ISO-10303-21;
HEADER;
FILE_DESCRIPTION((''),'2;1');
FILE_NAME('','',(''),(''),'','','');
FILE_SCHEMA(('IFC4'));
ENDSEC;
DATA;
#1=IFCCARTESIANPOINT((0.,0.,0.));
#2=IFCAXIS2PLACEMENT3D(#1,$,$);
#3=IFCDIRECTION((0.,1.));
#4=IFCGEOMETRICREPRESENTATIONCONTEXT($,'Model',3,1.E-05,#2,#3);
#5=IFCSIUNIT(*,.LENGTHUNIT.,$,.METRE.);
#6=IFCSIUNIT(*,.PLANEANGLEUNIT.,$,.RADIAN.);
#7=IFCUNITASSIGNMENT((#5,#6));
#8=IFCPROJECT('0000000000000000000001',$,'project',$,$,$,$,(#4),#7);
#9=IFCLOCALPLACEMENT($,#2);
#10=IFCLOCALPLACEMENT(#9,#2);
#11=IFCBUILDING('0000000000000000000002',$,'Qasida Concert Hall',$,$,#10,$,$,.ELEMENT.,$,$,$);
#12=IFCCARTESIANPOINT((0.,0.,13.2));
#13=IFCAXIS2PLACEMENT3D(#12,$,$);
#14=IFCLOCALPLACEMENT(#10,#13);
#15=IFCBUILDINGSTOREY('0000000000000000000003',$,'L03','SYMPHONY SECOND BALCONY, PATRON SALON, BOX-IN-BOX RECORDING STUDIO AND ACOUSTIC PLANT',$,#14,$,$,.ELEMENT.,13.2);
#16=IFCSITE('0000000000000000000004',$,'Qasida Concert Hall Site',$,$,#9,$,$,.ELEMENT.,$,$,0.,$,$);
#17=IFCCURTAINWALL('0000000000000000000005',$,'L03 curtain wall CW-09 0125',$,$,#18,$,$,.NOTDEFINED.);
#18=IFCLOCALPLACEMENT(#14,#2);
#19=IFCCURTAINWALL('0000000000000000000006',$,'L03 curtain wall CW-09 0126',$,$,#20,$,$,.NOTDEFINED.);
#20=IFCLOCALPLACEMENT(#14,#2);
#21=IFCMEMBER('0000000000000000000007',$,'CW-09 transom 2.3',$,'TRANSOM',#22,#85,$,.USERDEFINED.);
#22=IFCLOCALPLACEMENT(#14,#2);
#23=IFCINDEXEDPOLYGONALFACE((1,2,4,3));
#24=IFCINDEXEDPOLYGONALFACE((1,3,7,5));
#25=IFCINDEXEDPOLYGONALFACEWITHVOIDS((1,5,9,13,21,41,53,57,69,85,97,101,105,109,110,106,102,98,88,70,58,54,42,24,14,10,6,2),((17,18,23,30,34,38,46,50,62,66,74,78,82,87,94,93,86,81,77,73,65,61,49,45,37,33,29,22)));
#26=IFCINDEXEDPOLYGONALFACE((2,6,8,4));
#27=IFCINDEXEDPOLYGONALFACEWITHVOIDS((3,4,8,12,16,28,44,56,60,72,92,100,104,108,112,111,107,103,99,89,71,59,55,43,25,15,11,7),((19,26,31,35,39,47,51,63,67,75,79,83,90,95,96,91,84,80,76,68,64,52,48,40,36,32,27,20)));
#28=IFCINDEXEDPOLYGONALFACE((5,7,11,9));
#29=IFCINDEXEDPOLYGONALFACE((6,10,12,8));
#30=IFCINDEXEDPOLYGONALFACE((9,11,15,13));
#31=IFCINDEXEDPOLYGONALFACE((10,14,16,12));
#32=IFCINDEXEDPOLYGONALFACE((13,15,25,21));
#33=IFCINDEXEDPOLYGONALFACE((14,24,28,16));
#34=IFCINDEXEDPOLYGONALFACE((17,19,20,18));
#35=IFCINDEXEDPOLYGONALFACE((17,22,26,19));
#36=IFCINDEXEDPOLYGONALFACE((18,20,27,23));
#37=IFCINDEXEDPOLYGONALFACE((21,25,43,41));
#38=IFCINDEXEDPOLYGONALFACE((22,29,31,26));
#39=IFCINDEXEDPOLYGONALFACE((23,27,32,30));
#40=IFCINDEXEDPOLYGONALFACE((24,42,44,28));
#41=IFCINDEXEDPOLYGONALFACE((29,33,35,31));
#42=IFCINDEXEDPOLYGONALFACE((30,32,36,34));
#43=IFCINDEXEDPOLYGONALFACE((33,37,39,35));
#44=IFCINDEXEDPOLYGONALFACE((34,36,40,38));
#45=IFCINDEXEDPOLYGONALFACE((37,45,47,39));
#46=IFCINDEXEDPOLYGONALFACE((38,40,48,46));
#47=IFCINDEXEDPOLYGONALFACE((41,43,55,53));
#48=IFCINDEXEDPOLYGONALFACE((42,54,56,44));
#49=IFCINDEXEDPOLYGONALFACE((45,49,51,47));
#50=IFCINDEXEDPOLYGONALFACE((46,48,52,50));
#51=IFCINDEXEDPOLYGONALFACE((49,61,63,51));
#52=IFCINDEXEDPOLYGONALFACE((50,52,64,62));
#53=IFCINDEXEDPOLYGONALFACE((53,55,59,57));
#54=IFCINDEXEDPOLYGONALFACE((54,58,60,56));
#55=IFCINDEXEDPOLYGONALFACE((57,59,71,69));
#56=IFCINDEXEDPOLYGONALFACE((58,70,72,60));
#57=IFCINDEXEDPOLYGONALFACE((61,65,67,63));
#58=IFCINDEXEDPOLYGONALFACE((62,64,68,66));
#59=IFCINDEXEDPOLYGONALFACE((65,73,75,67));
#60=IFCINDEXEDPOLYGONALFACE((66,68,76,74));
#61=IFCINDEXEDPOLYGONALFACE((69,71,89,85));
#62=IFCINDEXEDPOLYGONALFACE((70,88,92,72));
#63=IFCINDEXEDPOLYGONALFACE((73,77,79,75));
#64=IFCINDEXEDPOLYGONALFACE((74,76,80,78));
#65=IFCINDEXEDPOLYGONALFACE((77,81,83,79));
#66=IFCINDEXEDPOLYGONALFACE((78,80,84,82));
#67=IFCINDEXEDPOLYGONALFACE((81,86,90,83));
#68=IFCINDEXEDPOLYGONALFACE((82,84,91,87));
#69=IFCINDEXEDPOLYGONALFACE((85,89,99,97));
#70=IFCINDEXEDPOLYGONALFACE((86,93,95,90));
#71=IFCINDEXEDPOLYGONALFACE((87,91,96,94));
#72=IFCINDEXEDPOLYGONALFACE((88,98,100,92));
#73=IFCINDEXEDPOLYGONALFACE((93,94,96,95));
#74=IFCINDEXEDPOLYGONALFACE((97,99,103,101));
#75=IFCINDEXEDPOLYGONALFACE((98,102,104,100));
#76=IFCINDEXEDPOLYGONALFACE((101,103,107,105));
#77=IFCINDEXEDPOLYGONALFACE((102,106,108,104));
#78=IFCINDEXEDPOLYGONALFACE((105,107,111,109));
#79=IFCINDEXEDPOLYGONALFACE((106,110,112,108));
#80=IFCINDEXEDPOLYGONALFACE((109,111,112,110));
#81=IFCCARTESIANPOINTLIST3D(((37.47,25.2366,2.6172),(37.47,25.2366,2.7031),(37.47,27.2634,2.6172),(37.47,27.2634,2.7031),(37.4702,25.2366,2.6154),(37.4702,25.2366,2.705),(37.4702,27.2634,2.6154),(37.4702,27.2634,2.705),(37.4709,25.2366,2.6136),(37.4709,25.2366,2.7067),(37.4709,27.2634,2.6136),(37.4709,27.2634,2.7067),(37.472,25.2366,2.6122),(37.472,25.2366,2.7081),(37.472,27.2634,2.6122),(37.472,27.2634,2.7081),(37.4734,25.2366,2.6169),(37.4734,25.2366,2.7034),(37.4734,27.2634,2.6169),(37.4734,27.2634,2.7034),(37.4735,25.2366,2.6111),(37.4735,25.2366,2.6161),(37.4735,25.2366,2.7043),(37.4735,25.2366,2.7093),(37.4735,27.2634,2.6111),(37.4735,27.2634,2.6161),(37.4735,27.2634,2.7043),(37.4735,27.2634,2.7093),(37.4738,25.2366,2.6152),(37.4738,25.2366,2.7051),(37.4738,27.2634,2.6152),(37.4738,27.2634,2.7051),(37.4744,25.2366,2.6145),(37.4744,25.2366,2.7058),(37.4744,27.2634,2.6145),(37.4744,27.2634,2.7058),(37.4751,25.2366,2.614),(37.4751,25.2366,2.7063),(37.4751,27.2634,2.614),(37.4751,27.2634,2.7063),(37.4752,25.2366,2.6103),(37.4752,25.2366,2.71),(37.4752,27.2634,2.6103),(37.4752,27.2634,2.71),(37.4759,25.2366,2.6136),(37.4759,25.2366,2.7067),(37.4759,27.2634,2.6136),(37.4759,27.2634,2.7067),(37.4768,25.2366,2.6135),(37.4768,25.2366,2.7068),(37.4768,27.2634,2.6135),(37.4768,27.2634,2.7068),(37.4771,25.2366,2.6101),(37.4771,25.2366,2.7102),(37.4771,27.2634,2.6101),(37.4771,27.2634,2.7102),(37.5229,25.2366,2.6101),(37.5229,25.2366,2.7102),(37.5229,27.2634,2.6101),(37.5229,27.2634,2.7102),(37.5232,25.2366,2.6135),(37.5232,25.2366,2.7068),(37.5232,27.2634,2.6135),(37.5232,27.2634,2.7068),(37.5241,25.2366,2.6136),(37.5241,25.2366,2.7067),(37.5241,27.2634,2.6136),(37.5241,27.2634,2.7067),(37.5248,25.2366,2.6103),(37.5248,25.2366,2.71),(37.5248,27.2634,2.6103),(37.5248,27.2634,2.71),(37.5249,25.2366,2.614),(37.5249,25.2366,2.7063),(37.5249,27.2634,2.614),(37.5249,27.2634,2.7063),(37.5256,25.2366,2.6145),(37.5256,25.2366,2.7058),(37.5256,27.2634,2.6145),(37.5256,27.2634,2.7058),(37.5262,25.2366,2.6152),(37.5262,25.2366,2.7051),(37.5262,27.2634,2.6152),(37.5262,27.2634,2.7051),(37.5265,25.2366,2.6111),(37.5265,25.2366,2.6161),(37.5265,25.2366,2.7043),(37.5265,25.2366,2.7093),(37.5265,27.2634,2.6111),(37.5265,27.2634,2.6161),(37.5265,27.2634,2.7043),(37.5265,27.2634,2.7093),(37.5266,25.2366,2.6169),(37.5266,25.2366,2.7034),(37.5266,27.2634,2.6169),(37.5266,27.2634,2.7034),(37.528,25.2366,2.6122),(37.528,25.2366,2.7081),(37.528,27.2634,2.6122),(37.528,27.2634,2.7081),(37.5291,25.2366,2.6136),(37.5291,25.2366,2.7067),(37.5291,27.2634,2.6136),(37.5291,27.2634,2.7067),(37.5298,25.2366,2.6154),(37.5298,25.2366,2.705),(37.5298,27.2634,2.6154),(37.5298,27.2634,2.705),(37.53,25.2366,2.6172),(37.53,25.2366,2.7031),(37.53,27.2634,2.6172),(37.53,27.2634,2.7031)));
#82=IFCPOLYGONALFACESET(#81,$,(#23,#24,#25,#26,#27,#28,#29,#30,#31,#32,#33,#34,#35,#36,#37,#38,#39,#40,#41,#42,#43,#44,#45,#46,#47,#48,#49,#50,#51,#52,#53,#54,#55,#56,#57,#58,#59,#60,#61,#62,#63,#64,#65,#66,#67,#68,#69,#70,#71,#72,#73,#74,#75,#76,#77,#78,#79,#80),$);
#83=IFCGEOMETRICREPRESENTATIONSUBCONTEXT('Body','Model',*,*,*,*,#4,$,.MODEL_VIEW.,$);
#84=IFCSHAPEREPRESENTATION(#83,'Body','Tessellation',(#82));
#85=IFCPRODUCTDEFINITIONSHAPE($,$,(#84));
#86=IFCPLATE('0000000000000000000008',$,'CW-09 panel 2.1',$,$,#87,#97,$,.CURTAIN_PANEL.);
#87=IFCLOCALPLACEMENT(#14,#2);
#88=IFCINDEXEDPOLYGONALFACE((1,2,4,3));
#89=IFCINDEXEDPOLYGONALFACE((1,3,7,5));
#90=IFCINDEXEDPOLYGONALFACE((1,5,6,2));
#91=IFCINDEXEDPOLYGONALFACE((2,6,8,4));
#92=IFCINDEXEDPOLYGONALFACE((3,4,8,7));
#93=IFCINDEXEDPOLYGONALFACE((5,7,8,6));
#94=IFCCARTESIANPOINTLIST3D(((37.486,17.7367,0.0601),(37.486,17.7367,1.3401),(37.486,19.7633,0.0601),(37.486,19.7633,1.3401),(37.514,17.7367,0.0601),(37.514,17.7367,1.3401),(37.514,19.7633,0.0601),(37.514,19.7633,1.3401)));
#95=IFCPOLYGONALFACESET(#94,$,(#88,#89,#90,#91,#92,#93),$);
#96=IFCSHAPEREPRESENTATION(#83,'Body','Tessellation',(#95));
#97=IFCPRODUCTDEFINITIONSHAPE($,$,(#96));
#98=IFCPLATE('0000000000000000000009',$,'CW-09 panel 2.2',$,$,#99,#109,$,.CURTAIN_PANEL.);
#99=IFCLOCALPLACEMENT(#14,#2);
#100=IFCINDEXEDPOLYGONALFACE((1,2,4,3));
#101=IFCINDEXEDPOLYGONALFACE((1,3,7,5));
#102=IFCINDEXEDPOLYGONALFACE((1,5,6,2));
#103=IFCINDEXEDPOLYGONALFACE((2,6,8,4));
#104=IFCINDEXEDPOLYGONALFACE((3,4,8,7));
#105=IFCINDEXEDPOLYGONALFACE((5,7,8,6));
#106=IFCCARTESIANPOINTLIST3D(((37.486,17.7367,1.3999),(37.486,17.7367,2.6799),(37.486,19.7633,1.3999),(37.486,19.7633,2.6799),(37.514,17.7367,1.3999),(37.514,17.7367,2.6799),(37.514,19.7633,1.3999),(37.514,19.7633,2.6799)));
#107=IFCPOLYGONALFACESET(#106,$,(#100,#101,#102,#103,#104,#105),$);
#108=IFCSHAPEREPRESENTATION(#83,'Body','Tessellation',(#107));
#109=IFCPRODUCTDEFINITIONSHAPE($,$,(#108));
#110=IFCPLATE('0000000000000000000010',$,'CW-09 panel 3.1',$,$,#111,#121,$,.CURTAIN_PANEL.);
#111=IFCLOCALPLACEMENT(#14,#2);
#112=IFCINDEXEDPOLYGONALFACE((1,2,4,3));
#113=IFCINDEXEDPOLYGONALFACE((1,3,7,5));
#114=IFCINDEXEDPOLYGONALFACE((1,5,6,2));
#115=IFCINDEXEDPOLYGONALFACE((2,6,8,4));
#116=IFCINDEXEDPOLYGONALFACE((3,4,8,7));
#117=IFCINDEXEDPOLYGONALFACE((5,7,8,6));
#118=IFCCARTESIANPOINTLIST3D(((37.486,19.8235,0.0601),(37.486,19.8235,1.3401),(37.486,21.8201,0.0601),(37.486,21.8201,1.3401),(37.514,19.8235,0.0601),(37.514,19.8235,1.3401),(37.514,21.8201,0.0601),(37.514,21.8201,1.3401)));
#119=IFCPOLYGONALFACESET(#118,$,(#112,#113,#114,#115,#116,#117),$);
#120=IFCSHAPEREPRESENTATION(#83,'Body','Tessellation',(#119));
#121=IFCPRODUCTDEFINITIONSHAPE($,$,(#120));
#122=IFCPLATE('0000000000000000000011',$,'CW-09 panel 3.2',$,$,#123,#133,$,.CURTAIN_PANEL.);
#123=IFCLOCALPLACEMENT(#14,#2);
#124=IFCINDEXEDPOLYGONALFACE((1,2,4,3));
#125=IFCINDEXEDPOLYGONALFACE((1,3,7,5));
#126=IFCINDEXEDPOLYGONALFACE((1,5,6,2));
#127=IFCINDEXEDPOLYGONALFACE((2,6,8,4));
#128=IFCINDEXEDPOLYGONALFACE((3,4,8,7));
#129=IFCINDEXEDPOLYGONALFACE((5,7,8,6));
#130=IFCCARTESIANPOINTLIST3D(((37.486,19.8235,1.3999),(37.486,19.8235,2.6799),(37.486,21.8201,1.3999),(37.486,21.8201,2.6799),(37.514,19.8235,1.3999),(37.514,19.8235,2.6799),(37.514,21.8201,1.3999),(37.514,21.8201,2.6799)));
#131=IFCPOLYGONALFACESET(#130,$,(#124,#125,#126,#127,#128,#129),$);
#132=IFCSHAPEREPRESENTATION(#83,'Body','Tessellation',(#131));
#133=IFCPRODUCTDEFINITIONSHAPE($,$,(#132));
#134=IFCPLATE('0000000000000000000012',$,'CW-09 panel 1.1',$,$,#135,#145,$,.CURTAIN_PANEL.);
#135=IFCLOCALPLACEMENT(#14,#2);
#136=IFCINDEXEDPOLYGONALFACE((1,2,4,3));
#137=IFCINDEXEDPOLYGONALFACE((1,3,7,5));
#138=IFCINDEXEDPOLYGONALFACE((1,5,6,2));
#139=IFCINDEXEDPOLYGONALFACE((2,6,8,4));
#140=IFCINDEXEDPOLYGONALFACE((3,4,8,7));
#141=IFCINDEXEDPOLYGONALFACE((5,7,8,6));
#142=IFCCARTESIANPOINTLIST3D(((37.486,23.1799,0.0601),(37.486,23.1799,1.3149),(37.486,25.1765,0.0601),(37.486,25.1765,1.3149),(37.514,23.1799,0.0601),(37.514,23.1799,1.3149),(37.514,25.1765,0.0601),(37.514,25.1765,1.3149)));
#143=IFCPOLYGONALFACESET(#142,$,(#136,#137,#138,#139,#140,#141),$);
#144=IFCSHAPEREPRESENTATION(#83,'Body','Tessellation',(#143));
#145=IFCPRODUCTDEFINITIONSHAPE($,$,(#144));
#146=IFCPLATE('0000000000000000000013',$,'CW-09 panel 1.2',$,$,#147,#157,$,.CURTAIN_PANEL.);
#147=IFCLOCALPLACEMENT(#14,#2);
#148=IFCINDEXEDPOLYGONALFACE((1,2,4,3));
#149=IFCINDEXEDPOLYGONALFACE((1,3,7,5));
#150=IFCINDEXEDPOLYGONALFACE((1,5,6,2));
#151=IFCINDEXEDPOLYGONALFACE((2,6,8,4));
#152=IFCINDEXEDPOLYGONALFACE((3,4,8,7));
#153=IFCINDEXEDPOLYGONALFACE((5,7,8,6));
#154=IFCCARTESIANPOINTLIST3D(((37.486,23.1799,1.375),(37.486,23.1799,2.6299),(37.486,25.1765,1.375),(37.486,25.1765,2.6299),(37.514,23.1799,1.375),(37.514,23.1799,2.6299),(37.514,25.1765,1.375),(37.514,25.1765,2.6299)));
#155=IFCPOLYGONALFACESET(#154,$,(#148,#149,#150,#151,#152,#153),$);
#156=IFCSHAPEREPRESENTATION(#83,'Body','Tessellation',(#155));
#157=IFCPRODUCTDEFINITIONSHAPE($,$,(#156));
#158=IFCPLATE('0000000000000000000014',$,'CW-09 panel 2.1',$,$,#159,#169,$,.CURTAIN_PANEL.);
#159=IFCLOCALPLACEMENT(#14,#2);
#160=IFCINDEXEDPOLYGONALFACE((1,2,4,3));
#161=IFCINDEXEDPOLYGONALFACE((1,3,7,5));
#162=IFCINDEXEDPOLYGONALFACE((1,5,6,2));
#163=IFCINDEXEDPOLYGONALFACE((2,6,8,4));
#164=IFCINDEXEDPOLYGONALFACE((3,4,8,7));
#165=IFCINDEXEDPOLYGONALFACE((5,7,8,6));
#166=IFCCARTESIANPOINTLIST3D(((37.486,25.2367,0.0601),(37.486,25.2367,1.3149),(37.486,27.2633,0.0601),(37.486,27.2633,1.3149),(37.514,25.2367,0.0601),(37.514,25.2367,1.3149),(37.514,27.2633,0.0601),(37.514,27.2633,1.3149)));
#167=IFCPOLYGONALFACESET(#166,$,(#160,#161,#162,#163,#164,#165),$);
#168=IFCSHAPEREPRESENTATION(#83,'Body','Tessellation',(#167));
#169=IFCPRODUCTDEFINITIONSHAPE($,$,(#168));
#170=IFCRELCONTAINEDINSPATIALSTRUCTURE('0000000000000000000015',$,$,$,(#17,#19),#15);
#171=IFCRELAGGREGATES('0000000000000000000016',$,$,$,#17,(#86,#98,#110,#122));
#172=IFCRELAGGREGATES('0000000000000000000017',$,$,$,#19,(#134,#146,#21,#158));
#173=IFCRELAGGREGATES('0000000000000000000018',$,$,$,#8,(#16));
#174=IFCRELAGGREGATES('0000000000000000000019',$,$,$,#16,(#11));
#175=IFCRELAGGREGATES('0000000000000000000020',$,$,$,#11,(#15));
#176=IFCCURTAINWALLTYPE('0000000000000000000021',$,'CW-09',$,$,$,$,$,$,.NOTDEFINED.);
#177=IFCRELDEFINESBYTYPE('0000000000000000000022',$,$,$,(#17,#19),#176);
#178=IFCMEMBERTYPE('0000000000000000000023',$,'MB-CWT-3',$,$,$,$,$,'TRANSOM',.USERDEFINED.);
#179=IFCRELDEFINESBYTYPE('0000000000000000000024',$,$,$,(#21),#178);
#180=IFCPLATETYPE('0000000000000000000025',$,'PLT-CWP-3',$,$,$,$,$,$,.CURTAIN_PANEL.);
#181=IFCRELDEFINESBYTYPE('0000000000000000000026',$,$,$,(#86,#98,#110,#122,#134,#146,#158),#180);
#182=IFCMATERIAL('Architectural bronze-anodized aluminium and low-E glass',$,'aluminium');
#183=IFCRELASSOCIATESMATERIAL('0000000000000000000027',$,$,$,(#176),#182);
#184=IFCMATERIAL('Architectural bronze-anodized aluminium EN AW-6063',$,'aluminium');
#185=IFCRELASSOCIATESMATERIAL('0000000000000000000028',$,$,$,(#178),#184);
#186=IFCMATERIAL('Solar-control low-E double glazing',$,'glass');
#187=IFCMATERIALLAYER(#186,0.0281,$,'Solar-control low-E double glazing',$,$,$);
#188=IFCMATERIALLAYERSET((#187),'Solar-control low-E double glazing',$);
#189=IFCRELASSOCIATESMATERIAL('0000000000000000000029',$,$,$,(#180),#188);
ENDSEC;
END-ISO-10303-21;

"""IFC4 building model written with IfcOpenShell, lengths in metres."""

from ifc_helpers import new_model, si_unit, direction, frame, origin, origin_2d, place, context, subcontext, project, spatial, rectangle, hollow_rectangle, extrude, material, layer, layer_set, material_profile, profile_set, type_object, element, aggregate, save


model = new_model("IFC4")

# Units and contexts
model_context = context("Model", 3, precision=1e-05, world=origin(), true_north=direction((0.0, 1.0)))
body_context = subcontext(model_context, "Body", "Model", "MODEL_VIEW")
ifc_project = project(units=[si_unit("LENGTHUNIT", "METRE"), si_unit("PLANEANGLEUNIT", "RADIAN")], contexts=[model_context])

# Site, building, storey
site_placement = place(None, origin())
site = spatial("IfcSite", under=ifc_project, at=site_placement, Name="Qasida Concert Hall Site", CompositionType="ELEMENT", RefElevation=0.0)
building_placement = place(site_placement, origin())
building = spatial("IfcBuilding", under=site, at=building_placement, Name="Qasida Concert Hall", CompositionType="ELEMENT")
storey_placement = place(building_placement, frame((0.0, 0.0, 13.2)))
storey = spatial("IfcBuildingStorey", under=building, at=storey_placement, Name="L03", Description="SYMPHONY SECOND BALCONY, PATRON SALON, BOX-IN-BOX RECORDING STUDIO AND ACOUSTIC PLANT", CompositionType="ELEMENT", Elevation=13.2)

# Curtain walls
ifc_material_1 = material(Name="Architectural bronze-anodized aluminium and low-E glass", Category="aluminium")
curtain_wall_type = type_object("IfcCurtainWallType", Name="CW-09", PredefinedType="NOTDEFINED", material=ifc_material_1)
curtain_wall_1_placement = place(storey_placement, origin())
curtain_wall_1 = element("IfcCurtainWall", 1, at=curtain_wall_1_placement, inside=storey, type_object=curtain_wall_type, Name="L03 curtain wall CW-09 0125", PredefinedType="NOTDEFINED")
ifc_material_2 = material(Name="Architectural bronze-anodized aluminium EN AW-6063", Category="aluminium")
curtain_wall_2_placement = place(storey_placement, origin())
curtain_wall_2 = element("IfcCurtainWall", 2, at=curtain_wall_2_placement, inside=storey, type_object=curtain_wall_type, Name="L03 curtain wall CW-09 0126", PredefinedType="NOTDEFINED")

# Member
ifc_material_profile_1 = material_profile(ifc_material_2, hollow_rectangle(XDim=0.0601, YDim=0.1001, WallThickness=0.0034, InnerFilletRadius=0.0034, OuterFilletRadius=0.0071, at=origin_2d()), Name="CWT 100x60x3.5")
ifc_profile_set_1 = profile_set([ifc_material_profile_1], Name="Architectural bronze-anodized aluminium EN AW-6063")
member_type_1 = type_object("IfcMemberType", Name="MB-CWT-3", ElementType="TRANSOM", PredefinedType="USERDEFINED", material=ifc_profile_set_1)
member_1_placement = place(storey_placement, frame((37.5, 25.2366, 2.6602), z_axis=(0.0, 1.0, 0.0), x_axis=(-1.0, 0.0, 0.0)))
member_1 = element("IfcMember", 3, at=member_1_placement, type_object=member_type_1, Name="CW-09 transom 2.3", ObjectType="TRANSOM", PredefinedType="USERDEFINED", context=body_context, shape_type="SweptSolid", body=[
    extrude(hollow_rectangle(XDim=0.0601, YDim=0.1001, WallThickness=0.0034, InnerFilletRadius=0.0034, OuterFilletRadius=0.0071, at=origin_2d()), origin(), (0.0, 0.0, 1.0), 2.0269),
])

# Plates
ifc_material_3 = material(Name="Solar-control low-E double glazing", Category="glass")
ifc_layer_1 = layer(ifc_material_3, 0.0281, Name="Solar-control low-E double glazing")
ifc_layer_set_1 = layer_set([ifc_layer_1], Name="Solar-control low-E double glazing")
plate_type = type_object("IfcPlateType", Name="PLT-CWP-3", PredefinedType="CURTAIN_PANEL", material=ifc_layer_set_1)
plate_1_placement = place(storey_placement, frame((37.5, 18.75, 0.0601), z_axis=(0.0, 0.0, 1.0), x_axis=(0.0, 1.0, 0.0)))
plate_1 = element("IfcPlate", 4, at=plate_1_placement, type_object=plate_type, Name="CW-09 panel 2.1", PredefinedType="CURTAIN_PANEL", context=body_context, shape_type="SweptSolid", body=[
    extrude(rectangle(XDim=2.0266, YDim=0.0281, at=origin_2d()), origin(), (0.0, 0.0, 1.0), 1.28),
])
plate_2_placement = place(storey_placement, frame((37.5, 18.75, 1.3999), z_axis=(0.0, 0.0, 1.0), x_axis=(0.0, 1.0, 0.0)))
plate_2 = element("IfcPlate", 5, at=plate_2_placement, type_object=plate_type, Name="CW-09 panel 2.2", PredefinedType="CURTAIN_PANEL", context=body_context, shape_type="SweptSolid", body=[
    extrude(rectangle(XDim=2.0266, YDim=0.0281, at=origin_2d()), origin(), (0.0, 0.0, 1.0), 1.28),
])
plate_3_placement = place(storey_placement, frame((37.5, 20.8218, 0.0601), z_axis=(0.0, 0.0, 1.0), x_axis=(0.0, 1.0, 0.0)))
plate_3 = element("IfcPlate", 6, at=plate_3_placement, type_object=plate_type, Name="CW-09 panel 3.1", PredefinedType="CURTAIN_PANEL", context=body_context, shape_type="SweptSolid", body=[
    extrude(rectangle(XDim=1.9966, YDim=0.0281, at=origin_2d()), origin(), (0.0, 0.0, 1.0), 1.28),
])
plate_4_placement = place(storey_placement, frame((37.5, 20.8218, 1.3999), z_axis=(0.0, 0.0, 1.0), x_axis=(0.0, 1.0, 0.0)))
plate_4 = element("IfcPlate", 7, at=plate_4_placement, type_object=plate_type, Name="CW-09 panel 3.2", PredefinedType="CURTAIN_PANEL", context=body_context, shape_type="SweptSolid", body=[
    extrude(rectangle(XDim=1.9966, YDim=0.0281, at=origin_2d()), origin(), (0.0, 0.0, 1.0), 1.28),
])
aggregate(curtain_wall_1, [plate_1, plate_2, plate_3, plate_4])
plate_5_placement = place(storey_placement, frame((37.5, 24.1782, 0.0601), z_axis=(0.0, 0.0, 1.0), x_axis=(0.0, 1.0, 0.0)))
plate_5 = element("IfcPlate", 8, at=plate_5_placement, type_object=plate_type, Name="CW-09 panel 1.1", PredefinedType="CURTAIN_PANEL", context=body_context, shape_type="SweptSolid", body=[
    extrude(rectangle(XDim=1.9966, YDim=0.0281, at=origin_2d()), origin(), (0.0, 0.0, 1.0), 1.2549),
])
plate_6_placement = place(storey_placement, frame((37.5, 24.1782, 1.375), z_axis=(0.0, 0.0, 1.0), x_axis=(0.0, 1.0, 0.0)))
plate_6 = element("IfcPlate", 9, at=plate_6_placement, type_object=plate_type, Name="CW-09 panel 1.2", PredefinedType="CURTAIN_PANEL", context=body_context, shape_type="SweptSolid", body=[
    extrude(rectangle(XDim=1.9966, YDim=0.0281, at=origin_2d()), origin(), (0.0, 0.0, 1.0), 1.2549),
])
plate_7_placement = place(storey_placement, frame((37.5, 26.25, 0.0601), z_axis=(0.0, 0.0, 1.0), x_axis=(0.0, 1.0, 0.0)))
plate_7 = element("IfcPlate", 10, at=plate_7_placement, type_object=plate_type, Name="CW-09 panel 2.1", PredefinedType="CURTAIN_PANEL", context=body_context, shape_type="SweptSolid", body=[
    extrude(rectangle(XDim=2.0266, YDim=0.0281, at=origin_2d()), origin(), (0.0, 0.0, 1.0), 1.2549),
])
aggregate(curtain_wall_2, [plate_5, plate_6, member_1, plate_7])

save(model, "model.ifc")
